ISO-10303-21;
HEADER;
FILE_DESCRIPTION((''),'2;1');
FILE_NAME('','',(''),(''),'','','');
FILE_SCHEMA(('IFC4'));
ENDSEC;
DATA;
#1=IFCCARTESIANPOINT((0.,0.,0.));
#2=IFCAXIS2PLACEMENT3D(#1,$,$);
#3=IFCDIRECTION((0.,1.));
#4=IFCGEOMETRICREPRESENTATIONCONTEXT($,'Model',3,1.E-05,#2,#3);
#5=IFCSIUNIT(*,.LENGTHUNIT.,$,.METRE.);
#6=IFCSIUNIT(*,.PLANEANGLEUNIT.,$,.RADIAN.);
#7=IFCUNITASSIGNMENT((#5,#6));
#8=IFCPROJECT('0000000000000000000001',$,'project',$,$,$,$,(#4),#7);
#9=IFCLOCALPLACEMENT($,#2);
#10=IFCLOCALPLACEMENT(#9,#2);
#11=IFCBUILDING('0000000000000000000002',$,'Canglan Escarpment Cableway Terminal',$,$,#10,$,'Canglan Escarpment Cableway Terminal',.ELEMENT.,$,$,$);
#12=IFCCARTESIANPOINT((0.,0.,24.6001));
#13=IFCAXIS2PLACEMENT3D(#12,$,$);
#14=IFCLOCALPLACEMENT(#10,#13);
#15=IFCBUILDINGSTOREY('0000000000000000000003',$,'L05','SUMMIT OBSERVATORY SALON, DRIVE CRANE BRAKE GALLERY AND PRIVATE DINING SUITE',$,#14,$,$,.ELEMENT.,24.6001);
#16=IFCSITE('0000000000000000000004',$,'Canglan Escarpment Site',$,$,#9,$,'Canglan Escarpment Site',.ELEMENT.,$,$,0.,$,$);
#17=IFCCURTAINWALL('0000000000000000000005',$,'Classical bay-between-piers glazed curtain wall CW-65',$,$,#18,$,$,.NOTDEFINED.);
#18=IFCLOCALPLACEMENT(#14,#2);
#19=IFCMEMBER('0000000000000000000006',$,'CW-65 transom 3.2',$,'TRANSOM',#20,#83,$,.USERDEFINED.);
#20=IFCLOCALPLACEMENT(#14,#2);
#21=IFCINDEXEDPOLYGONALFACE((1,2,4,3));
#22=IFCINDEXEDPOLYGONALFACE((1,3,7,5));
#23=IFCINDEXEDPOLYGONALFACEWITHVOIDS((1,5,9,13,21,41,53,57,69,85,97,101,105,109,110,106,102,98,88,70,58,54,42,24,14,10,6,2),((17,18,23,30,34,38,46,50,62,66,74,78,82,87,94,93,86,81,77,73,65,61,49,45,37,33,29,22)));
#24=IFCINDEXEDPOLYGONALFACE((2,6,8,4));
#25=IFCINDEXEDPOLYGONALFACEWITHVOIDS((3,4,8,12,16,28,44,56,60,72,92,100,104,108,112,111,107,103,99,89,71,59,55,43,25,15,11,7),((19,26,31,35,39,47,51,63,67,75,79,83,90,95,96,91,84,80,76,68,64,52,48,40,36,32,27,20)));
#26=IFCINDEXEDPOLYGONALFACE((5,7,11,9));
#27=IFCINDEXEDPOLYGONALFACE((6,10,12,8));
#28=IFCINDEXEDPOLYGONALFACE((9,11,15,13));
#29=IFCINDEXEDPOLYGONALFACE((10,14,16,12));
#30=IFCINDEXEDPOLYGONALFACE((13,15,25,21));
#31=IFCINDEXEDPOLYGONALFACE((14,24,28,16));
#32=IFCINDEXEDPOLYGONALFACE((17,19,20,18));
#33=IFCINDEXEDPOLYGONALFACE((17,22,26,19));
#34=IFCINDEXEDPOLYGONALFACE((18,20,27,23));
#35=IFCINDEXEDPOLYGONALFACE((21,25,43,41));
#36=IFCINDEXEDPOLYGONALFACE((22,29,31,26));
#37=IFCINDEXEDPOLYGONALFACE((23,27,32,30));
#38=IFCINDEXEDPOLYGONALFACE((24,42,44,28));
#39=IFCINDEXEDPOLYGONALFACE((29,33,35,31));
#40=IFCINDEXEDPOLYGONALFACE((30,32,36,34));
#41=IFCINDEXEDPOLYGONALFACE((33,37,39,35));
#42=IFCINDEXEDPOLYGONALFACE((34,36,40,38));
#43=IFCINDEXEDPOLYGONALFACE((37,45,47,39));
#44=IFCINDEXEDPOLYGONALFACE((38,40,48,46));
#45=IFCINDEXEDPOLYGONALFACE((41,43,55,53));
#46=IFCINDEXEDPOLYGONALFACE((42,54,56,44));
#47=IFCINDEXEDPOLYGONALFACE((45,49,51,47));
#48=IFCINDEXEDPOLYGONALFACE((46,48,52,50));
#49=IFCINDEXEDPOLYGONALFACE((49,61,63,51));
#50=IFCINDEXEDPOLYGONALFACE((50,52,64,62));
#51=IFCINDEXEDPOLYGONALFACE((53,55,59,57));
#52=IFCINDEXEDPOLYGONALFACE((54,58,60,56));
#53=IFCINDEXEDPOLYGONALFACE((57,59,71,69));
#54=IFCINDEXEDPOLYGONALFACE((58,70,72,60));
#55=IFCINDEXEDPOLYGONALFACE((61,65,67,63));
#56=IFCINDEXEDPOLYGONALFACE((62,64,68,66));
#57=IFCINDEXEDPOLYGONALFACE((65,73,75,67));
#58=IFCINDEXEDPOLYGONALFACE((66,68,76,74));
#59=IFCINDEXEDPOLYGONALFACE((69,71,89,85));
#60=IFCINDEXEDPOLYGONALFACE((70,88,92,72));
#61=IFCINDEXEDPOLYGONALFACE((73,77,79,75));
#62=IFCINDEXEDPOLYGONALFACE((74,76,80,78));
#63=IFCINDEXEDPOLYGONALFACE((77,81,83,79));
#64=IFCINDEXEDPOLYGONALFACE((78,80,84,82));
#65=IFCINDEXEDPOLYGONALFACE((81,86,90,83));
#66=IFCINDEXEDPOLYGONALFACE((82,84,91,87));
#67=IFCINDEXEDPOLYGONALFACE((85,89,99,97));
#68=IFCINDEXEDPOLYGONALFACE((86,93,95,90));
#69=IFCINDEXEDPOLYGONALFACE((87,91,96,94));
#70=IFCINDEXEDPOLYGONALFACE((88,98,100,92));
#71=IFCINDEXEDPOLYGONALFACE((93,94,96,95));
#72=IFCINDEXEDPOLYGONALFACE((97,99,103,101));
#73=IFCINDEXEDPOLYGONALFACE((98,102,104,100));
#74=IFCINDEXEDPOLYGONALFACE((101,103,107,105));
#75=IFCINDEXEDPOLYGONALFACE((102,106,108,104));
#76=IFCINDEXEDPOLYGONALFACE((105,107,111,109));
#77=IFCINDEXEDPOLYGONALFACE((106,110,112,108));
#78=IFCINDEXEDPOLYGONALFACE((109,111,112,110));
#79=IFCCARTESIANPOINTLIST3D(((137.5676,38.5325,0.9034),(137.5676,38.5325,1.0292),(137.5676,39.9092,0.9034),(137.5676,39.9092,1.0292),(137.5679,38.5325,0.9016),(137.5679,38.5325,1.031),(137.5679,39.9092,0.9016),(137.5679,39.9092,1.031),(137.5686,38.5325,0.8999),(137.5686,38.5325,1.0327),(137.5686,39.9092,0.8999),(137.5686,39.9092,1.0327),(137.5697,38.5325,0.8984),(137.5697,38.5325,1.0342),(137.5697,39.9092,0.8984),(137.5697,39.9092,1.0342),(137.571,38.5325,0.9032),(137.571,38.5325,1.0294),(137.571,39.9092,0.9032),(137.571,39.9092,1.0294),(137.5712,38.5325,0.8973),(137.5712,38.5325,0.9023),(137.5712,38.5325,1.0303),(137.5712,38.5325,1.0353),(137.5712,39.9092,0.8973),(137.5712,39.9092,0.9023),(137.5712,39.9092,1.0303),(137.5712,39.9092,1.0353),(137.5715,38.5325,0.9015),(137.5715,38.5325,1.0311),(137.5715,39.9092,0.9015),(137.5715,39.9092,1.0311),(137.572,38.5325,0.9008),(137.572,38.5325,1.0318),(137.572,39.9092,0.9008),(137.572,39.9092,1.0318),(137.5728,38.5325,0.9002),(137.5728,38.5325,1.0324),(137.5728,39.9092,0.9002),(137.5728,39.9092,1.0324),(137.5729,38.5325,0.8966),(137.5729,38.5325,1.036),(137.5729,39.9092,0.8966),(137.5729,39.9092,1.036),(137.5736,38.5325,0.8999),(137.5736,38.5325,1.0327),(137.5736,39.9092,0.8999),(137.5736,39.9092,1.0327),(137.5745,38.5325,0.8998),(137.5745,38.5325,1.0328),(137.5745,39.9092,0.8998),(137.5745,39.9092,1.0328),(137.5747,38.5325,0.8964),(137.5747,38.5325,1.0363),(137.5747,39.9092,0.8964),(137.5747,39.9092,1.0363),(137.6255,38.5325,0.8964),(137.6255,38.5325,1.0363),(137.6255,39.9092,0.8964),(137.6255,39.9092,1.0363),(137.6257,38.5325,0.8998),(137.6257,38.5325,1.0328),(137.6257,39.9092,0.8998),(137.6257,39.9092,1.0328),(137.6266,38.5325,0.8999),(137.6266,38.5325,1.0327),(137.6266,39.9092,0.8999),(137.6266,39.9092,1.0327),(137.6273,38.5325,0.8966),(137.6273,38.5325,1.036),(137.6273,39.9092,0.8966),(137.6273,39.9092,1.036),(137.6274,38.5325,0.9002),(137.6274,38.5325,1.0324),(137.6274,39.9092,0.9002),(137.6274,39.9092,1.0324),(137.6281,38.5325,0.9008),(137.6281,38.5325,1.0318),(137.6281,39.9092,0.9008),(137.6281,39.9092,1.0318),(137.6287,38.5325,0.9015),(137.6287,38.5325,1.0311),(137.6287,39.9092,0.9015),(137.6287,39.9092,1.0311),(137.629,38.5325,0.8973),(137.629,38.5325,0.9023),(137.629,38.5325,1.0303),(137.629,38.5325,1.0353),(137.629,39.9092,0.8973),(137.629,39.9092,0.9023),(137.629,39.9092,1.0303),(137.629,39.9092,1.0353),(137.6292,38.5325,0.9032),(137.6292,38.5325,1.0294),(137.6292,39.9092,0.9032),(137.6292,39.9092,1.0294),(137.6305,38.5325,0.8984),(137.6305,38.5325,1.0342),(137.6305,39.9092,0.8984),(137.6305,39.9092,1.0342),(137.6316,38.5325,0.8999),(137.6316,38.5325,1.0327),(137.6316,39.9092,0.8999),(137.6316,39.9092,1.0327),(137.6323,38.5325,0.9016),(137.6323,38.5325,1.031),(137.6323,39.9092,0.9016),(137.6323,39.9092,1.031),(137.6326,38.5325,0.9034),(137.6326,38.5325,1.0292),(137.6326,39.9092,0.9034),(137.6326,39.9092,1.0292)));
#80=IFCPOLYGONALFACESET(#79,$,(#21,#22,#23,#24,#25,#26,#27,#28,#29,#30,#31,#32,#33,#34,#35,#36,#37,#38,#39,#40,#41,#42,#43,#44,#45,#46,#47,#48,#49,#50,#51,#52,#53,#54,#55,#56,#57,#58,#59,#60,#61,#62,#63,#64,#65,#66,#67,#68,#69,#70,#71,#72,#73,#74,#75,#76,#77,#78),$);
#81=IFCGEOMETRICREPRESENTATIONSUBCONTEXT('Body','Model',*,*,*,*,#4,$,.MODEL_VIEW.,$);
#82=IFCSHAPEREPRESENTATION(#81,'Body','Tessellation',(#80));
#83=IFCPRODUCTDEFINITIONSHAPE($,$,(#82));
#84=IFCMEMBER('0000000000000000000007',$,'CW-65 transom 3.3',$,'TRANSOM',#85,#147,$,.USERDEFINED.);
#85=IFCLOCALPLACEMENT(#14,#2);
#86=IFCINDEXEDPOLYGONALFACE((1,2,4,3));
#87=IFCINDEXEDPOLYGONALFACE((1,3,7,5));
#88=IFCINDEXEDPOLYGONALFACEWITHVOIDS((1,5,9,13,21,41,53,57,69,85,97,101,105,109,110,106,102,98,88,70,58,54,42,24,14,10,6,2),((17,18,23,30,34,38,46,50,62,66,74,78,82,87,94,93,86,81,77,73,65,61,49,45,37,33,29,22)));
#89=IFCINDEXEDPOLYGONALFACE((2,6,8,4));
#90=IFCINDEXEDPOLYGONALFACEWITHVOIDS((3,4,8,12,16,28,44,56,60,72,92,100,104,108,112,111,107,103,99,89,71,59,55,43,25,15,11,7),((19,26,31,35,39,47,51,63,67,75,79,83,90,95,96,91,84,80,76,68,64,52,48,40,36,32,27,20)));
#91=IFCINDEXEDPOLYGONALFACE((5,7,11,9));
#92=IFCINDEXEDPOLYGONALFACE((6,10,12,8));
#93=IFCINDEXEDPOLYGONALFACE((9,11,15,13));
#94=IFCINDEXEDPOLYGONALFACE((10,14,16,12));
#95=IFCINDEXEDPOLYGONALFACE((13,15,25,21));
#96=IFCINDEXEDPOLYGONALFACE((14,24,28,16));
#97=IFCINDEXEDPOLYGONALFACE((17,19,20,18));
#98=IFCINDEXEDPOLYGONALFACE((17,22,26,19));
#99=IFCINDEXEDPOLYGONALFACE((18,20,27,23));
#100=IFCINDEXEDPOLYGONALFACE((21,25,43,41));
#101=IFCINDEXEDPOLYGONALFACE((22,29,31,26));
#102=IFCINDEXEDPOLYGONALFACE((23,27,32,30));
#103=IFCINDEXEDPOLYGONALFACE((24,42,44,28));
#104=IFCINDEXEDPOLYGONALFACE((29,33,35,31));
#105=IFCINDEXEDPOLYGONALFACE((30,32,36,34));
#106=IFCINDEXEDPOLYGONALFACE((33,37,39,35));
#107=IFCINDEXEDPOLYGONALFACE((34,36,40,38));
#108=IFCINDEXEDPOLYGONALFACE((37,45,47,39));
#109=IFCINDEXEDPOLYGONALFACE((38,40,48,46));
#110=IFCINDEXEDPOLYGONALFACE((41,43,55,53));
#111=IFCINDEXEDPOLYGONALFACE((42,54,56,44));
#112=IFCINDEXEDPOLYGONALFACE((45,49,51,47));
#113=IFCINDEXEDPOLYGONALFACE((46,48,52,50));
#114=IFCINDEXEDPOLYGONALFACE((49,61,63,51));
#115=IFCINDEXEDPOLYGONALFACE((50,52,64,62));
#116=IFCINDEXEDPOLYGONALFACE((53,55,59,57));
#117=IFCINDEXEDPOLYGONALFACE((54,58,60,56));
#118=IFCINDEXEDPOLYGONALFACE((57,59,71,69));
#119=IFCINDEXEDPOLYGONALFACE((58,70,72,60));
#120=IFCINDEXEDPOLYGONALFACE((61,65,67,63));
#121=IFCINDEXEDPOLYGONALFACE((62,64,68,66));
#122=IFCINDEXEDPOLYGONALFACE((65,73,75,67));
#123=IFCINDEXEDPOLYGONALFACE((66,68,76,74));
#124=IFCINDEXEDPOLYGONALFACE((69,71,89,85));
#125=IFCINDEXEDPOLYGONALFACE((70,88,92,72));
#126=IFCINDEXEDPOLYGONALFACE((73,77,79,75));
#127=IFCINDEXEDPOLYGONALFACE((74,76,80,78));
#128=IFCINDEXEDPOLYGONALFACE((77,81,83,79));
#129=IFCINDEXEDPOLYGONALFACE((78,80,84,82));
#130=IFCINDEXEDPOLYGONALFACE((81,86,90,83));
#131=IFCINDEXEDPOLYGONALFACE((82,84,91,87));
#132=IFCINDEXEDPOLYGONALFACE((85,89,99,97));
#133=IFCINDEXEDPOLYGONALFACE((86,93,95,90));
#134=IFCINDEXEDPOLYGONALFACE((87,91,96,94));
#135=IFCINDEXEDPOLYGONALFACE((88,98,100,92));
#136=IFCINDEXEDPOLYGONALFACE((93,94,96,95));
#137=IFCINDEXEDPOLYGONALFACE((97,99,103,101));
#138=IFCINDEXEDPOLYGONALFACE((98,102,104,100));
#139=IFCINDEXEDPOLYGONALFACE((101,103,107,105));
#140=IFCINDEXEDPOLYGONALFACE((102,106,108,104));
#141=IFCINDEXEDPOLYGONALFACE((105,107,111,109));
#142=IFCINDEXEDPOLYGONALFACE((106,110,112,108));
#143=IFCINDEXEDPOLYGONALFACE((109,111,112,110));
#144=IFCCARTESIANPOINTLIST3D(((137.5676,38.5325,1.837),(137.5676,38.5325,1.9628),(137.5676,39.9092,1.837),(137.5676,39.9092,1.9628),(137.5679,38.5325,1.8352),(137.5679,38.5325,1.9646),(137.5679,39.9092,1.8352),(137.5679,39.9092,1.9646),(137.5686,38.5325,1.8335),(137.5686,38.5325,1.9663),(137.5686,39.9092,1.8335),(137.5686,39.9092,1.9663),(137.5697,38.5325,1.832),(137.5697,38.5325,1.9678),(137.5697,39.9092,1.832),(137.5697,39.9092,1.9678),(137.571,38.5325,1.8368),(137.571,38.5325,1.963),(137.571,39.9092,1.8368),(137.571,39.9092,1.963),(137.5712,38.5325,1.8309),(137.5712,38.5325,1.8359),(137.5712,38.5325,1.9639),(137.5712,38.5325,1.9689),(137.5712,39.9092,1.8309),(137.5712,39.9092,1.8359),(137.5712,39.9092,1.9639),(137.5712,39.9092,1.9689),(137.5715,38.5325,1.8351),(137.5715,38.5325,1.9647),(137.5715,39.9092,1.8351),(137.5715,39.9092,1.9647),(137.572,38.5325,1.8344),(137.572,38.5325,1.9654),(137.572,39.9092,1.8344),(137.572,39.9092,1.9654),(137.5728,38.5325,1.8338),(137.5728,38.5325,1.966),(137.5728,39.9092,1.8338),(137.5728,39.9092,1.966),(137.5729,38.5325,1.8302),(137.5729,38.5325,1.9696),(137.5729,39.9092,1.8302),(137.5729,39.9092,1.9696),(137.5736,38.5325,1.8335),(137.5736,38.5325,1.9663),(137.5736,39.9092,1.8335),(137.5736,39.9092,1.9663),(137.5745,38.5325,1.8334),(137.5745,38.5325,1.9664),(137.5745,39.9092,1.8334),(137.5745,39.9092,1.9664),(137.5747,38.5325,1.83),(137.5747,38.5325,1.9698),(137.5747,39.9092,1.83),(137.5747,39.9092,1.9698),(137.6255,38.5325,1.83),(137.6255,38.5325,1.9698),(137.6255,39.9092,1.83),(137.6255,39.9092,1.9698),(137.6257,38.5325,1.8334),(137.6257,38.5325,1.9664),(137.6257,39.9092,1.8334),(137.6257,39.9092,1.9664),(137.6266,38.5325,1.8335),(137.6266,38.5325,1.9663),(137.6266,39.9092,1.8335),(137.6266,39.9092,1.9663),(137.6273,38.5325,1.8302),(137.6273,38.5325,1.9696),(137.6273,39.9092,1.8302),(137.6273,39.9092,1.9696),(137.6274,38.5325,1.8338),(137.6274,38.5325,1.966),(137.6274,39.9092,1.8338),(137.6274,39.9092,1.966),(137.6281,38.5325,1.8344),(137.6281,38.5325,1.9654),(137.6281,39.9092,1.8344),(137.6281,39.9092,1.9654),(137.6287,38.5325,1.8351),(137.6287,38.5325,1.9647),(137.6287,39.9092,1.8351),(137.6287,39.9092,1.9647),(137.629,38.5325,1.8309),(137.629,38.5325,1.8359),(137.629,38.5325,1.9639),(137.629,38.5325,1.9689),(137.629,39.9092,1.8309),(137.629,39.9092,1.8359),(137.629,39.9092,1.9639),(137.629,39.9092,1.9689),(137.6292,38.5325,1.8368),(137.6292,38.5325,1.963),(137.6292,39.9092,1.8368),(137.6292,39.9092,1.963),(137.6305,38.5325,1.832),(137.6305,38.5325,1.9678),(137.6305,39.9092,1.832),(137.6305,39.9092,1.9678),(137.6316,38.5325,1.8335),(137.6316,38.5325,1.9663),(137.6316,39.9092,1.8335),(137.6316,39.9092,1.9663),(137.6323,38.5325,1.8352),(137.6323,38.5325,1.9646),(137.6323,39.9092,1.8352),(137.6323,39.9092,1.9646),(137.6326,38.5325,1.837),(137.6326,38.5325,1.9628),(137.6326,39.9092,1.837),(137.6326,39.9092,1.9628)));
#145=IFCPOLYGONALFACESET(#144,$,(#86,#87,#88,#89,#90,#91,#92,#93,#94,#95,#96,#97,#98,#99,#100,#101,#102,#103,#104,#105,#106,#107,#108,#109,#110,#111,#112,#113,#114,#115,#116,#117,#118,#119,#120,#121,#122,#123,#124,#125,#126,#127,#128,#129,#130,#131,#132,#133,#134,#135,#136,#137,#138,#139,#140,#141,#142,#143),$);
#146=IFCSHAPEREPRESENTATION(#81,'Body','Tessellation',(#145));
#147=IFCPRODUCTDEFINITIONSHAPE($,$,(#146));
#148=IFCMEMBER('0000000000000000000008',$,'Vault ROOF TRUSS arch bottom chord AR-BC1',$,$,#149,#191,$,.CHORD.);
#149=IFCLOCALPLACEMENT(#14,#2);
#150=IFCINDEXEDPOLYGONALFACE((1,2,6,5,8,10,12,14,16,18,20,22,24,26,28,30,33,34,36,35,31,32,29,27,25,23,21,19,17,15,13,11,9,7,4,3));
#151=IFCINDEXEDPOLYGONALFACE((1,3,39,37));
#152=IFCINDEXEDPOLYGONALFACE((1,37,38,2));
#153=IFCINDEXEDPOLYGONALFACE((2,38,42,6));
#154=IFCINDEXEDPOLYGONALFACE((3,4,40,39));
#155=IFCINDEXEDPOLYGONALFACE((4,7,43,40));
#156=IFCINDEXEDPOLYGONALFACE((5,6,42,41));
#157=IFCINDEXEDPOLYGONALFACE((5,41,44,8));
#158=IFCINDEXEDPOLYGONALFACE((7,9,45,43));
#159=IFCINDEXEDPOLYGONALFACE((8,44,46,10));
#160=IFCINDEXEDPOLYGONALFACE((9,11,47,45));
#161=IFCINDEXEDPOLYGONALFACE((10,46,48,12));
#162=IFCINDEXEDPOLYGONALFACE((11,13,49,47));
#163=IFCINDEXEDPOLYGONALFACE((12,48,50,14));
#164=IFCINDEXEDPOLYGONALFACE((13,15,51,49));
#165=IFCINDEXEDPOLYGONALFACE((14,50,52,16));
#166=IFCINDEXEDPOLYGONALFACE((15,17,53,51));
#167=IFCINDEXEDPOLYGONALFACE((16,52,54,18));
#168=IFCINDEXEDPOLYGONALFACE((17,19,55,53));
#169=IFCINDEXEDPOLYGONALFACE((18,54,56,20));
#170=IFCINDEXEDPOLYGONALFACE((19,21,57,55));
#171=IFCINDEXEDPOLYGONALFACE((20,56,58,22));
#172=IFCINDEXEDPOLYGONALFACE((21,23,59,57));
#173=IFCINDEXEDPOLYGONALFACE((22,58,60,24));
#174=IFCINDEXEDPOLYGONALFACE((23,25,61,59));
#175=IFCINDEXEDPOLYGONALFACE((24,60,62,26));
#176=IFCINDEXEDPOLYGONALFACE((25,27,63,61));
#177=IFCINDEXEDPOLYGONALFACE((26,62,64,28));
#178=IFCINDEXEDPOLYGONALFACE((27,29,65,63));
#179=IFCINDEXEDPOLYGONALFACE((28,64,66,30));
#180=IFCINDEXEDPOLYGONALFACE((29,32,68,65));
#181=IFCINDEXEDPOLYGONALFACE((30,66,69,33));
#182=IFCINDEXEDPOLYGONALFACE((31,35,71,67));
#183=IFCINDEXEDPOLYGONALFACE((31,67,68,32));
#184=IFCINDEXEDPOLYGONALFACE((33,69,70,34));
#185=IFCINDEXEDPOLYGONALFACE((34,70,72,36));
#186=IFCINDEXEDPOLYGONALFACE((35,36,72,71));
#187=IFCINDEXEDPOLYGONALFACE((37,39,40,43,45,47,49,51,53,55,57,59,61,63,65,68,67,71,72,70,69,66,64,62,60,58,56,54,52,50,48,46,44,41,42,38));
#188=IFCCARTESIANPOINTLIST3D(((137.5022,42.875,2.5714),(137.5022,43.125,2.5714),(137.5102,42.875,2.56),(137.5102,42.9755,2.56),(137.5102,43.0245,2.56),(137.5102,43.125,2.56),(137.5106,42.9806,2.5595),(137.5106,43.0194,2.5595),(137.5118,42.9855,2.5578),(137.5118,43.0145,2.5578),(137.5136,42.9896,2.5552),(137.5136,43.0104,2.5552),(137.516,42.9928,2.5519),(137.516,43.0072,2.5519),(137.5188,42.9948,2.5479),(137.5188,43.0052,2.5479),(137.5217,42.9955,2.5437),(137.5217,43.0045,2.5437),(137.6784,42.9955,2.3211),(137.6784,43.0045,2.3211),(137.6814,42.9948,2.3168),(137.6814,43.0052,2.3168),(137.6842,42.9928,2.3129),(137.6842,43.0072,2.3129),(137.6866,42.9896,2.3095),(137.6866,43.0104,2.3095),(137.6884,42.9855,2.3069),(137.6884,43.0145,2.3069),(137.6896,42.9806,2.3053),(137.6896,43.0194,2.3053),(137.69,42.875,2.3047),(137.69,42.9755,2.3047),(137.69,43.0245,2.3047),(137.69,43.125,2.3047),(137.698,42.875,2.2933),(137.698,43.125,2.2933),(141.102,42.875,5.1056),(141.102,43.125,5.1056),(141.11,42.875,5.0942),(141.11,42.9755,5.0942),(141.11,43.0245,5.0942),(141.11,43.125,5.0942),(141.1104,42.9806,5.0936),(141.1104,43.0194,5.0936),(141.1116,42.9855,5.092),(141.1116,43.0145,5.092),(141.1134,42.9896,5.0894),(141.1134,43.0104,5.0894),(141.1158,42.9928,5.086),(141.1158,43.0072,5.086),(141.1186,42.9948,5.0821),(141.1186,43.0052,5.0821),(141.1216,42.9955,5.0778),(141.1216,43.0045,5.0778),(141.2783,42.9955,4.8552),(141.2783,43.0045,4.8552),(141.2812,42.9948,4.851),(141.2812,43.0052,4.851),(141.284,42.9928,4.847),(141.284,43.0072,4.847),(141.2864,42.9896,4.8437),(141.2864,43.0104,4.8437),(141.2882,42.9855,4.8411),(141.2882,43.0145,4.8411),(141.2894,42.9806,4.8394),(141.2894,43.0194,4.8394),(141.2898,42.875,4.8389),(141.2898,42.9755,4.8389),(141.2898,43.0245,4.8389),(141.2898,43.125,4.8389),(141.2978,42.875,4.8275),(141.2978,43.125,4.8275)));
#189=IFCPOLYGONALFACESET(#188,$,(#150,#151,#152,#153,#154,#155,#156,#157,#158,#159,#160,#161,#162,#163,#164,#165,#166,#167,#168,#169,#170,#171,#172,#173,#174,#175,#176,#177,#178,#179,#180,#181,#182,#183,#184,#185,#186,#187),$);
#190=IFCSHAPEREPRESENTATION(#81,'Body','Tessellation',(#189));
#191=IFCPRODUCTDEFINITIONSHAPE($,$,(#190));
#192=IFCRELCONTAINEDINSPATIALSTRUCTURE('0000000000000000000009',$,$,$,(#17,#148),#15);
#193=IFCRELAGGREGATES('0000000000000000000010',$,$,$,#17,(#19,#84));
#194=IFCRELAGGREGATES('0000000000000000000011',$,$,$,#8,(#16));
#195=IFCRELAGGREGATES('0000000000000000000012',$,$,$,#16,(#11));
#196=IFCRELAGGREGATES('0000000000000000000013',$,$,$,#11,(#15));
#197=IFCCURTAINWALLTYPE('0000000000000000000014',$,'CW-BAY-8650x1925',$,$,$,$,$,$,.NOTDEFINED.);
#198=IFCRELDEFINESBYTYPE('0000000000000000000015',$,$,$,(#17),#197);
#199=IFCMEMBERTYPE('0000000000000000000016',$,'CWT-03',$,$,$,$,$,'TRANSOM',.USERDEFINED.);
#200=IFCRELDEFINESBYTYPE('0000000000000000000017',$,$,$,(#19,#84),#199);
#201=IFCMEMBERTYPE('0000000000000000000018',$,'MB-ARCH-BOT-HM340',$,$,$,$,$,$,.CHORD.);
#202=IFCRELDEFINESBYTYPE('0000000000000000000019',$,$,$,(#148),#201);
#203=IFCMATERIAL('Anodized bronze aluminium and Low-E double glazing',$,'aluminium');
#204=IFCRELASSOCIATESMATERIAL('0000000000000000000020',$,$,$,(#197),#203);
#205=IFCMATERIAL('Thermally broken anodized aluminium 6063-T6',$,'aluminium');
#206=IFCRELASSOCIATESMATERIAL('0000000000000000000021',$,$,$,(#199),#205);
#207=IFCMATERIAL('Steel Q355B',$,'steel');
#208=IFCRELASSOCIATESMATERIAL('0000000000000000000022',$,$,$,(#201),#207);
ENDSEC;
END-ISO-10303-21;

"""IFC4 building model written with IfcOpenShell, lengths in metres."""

from ifc_helpers import new_model, si_unit, direction, frame, origin, origin_2d, place, context, subcontext, project, spatial, hollow_rectangle, i_section, extrude, material, material_profile, profile_set, type_object, element, aggregate, save


model = new_model("IFC4")

# Units and contexts
model_context = context("Model", 3, precision=1e-05, world=origin(), true_north=direction((0.0, 1.0)))
body_context = subcontext(model_context, "Body", "Model", "MODEL_VIEW")
ifc_project = project(units=[si_unit("LENGTHUNIT", "METRE"), si_unit("PLANEANGLEUNIT", "RADIAN")], contexts=[model_context])

# Site, building, storey
site_placement = place(None, origin())
site = spatial("IfcSite", under=ifc_project, at=site_placement, Name="Canglan Escarpment Site", LongName="Canglan Escarpment Site", CompositionType="ELEMENT", RefElevation=0.0)
building_placement = place(site_placement, origin())
building = spatial("IfcBuilding", under=site, at=building_placement, Name="Canglan Escarpment Cableway Terminal", LongName="Canglan Escarpment Cableway Terminal", CompositionType="ELEMENT")
storey_placement = place(building_placement, frame((0.0, 0.0, 24.6001)))
storey = spatial("IfcBuildingStorey", under=building, at=storey_placement, Name="L05", Description="SUMMIT OBSERVATORY SALON, DRIVE CRANE BRAKE GALLERY AND PRIVATE DINING SUITE", CompositionType="ELEMENT", Elevation=24.6001)

# Shared definitions
ifc_material_1 = material(Name="Steel Q355B", Category="steel")

# Curtain wall
ifc_material_2 = material(Name="Anodized bronze aluminium and Low-E double glazing", Category="aluminium")
curtain_wall_type = type_object("IfcCurtainWallType", Name="CW-BAY-8650x1925", PredefinedType="NOTDEFINED", material=ifc_material_2)
ifc_material_3 = material(Name="Thermally broken anodized aluminium 6063-T6", Category="aluminium")
curtain_wall_1_placement = place(storey_placement, origin())
curtain_wall_1 = element("IfcCurtainWall", 1, at=curtain_wall_1_placement, inside=storey, type_object=curtain_wall_type, Name="Classical bay-between-piers glazed curtain wall CW-65", PredefinedType="NOTDEFINED")

# Members
ifc_material_profile_1 = material_profile(ifc_material_3, hollow_rectangle(XDim=0.0649, YDim=0.1399, WallThickness=0.0034, InnerFilletRadius=0.0034, OuterFilletRadius=0.0071, at=origin_2d()), Name="ALU-TRAN 65x140x3.5")
ifc_profile_set_1 = profile_set([ifc_material_profile_1], Name="Thermally broken anodized aluminium 6063-T6")
member_type_1 = type_object("IfcMemberType", Name="CWT-03", ElementType="TRANSOM", PredefinedType="USERDEFINED", material=ifc_profile_set_1)
member_1_placement = place(storey_placement, frame((137.6001, 39.9092, 0.9663), z_axis=(0.0, -1.0, 0.0), x_axis=(1.0, 0.0, 0.0)))
member_1 = element("IfcMember", 2, at=member_1_placement, type_object=member_type_1, Name="CW-65 transom 3.2", ObjectType="TRANSOM", PredefinedType="USERDEFINED", context=body_context, shape_type="SweptSolid", body=[
    extrude(hollow_rectangle(XDim=0.0649, YDim=0.1399, WallThickness=0.0034, InnerFilletRadius=0.0034, OuterFilletRadius=0.0071, at=origin_2d()), origin(), (0.0, 0.0, 1.0), 1.3767),
])
member_2_placement = place(storey_placement, frame((137.6001, 39.9092, 1.8999), z_axis=(0.0, -1.0, 0.0), x_axis=(1.0, 0.0, 0.0)))
member_2 = element("IfcMember", 3, at=member_2_placement, type_object=member_type_1, Name="CW-65 transom 3.3", ObjectType="TRANSOM", PredefinedType="USERDEFINED", context=body_context, shape_type="SweptSolid", body=[
    extrude(hollow_rectangle(XDim=0.0649, YDim=0.1399, WallThickness=0.0034, InnerFilletRadius=0.0034, OuterFilletRadius=0.0071, at=origin_2d()), origin(), (0.0, 0.0, 1.0), 1.3767),
])

# Member
ifc_material_profile_2 = material_profile(ifc_material_1, i_section(OverallWidth=0.25, OverallDepth=0.3401, WebThickness=0.009, FlangeThickness=0.0139, FilletRadius=0.02, at=origin_2d()), Name="HM 340x250x9x14")
ifc_profile_set_2 = profile_set([ifc_material_profile_2], Name="Steel Q355B")
member_type_2 = type_object("IfcMemberType", Name="MB-ARCH-BOT-HM340", PredefinedType="CHORD", material=ifc_profile_set_2)
member_3_placement = place(storey_placement, frame((137.6001, 43.0, 2.4324), z_axis=(0.817705, 0.0, 0.575638), x_axis=(0.0, 1.0, 0.0)))
element("IfcMember", 4, at=member_3_placement, inside=storey, type_object=member_type_2, Name="Vault ROOF TRUSS arch bottom chord AR-BC1", PredefinedType="CHORD", context=body_context, shape_type="SweptSolid", body=[
    extrude(i_section(OverallWidth=0.25, OverallDepth=0.3401, WebThickness=0.009, FlangeThickness=0.0139, FilletRadius=0.02, at=origin_2d()), origin(), (0.0, 0.0, 1.0), 4.4023),
])

aggregate(curtain_wall_1, [member_1, member_2])

save(model, "model.ifc")
